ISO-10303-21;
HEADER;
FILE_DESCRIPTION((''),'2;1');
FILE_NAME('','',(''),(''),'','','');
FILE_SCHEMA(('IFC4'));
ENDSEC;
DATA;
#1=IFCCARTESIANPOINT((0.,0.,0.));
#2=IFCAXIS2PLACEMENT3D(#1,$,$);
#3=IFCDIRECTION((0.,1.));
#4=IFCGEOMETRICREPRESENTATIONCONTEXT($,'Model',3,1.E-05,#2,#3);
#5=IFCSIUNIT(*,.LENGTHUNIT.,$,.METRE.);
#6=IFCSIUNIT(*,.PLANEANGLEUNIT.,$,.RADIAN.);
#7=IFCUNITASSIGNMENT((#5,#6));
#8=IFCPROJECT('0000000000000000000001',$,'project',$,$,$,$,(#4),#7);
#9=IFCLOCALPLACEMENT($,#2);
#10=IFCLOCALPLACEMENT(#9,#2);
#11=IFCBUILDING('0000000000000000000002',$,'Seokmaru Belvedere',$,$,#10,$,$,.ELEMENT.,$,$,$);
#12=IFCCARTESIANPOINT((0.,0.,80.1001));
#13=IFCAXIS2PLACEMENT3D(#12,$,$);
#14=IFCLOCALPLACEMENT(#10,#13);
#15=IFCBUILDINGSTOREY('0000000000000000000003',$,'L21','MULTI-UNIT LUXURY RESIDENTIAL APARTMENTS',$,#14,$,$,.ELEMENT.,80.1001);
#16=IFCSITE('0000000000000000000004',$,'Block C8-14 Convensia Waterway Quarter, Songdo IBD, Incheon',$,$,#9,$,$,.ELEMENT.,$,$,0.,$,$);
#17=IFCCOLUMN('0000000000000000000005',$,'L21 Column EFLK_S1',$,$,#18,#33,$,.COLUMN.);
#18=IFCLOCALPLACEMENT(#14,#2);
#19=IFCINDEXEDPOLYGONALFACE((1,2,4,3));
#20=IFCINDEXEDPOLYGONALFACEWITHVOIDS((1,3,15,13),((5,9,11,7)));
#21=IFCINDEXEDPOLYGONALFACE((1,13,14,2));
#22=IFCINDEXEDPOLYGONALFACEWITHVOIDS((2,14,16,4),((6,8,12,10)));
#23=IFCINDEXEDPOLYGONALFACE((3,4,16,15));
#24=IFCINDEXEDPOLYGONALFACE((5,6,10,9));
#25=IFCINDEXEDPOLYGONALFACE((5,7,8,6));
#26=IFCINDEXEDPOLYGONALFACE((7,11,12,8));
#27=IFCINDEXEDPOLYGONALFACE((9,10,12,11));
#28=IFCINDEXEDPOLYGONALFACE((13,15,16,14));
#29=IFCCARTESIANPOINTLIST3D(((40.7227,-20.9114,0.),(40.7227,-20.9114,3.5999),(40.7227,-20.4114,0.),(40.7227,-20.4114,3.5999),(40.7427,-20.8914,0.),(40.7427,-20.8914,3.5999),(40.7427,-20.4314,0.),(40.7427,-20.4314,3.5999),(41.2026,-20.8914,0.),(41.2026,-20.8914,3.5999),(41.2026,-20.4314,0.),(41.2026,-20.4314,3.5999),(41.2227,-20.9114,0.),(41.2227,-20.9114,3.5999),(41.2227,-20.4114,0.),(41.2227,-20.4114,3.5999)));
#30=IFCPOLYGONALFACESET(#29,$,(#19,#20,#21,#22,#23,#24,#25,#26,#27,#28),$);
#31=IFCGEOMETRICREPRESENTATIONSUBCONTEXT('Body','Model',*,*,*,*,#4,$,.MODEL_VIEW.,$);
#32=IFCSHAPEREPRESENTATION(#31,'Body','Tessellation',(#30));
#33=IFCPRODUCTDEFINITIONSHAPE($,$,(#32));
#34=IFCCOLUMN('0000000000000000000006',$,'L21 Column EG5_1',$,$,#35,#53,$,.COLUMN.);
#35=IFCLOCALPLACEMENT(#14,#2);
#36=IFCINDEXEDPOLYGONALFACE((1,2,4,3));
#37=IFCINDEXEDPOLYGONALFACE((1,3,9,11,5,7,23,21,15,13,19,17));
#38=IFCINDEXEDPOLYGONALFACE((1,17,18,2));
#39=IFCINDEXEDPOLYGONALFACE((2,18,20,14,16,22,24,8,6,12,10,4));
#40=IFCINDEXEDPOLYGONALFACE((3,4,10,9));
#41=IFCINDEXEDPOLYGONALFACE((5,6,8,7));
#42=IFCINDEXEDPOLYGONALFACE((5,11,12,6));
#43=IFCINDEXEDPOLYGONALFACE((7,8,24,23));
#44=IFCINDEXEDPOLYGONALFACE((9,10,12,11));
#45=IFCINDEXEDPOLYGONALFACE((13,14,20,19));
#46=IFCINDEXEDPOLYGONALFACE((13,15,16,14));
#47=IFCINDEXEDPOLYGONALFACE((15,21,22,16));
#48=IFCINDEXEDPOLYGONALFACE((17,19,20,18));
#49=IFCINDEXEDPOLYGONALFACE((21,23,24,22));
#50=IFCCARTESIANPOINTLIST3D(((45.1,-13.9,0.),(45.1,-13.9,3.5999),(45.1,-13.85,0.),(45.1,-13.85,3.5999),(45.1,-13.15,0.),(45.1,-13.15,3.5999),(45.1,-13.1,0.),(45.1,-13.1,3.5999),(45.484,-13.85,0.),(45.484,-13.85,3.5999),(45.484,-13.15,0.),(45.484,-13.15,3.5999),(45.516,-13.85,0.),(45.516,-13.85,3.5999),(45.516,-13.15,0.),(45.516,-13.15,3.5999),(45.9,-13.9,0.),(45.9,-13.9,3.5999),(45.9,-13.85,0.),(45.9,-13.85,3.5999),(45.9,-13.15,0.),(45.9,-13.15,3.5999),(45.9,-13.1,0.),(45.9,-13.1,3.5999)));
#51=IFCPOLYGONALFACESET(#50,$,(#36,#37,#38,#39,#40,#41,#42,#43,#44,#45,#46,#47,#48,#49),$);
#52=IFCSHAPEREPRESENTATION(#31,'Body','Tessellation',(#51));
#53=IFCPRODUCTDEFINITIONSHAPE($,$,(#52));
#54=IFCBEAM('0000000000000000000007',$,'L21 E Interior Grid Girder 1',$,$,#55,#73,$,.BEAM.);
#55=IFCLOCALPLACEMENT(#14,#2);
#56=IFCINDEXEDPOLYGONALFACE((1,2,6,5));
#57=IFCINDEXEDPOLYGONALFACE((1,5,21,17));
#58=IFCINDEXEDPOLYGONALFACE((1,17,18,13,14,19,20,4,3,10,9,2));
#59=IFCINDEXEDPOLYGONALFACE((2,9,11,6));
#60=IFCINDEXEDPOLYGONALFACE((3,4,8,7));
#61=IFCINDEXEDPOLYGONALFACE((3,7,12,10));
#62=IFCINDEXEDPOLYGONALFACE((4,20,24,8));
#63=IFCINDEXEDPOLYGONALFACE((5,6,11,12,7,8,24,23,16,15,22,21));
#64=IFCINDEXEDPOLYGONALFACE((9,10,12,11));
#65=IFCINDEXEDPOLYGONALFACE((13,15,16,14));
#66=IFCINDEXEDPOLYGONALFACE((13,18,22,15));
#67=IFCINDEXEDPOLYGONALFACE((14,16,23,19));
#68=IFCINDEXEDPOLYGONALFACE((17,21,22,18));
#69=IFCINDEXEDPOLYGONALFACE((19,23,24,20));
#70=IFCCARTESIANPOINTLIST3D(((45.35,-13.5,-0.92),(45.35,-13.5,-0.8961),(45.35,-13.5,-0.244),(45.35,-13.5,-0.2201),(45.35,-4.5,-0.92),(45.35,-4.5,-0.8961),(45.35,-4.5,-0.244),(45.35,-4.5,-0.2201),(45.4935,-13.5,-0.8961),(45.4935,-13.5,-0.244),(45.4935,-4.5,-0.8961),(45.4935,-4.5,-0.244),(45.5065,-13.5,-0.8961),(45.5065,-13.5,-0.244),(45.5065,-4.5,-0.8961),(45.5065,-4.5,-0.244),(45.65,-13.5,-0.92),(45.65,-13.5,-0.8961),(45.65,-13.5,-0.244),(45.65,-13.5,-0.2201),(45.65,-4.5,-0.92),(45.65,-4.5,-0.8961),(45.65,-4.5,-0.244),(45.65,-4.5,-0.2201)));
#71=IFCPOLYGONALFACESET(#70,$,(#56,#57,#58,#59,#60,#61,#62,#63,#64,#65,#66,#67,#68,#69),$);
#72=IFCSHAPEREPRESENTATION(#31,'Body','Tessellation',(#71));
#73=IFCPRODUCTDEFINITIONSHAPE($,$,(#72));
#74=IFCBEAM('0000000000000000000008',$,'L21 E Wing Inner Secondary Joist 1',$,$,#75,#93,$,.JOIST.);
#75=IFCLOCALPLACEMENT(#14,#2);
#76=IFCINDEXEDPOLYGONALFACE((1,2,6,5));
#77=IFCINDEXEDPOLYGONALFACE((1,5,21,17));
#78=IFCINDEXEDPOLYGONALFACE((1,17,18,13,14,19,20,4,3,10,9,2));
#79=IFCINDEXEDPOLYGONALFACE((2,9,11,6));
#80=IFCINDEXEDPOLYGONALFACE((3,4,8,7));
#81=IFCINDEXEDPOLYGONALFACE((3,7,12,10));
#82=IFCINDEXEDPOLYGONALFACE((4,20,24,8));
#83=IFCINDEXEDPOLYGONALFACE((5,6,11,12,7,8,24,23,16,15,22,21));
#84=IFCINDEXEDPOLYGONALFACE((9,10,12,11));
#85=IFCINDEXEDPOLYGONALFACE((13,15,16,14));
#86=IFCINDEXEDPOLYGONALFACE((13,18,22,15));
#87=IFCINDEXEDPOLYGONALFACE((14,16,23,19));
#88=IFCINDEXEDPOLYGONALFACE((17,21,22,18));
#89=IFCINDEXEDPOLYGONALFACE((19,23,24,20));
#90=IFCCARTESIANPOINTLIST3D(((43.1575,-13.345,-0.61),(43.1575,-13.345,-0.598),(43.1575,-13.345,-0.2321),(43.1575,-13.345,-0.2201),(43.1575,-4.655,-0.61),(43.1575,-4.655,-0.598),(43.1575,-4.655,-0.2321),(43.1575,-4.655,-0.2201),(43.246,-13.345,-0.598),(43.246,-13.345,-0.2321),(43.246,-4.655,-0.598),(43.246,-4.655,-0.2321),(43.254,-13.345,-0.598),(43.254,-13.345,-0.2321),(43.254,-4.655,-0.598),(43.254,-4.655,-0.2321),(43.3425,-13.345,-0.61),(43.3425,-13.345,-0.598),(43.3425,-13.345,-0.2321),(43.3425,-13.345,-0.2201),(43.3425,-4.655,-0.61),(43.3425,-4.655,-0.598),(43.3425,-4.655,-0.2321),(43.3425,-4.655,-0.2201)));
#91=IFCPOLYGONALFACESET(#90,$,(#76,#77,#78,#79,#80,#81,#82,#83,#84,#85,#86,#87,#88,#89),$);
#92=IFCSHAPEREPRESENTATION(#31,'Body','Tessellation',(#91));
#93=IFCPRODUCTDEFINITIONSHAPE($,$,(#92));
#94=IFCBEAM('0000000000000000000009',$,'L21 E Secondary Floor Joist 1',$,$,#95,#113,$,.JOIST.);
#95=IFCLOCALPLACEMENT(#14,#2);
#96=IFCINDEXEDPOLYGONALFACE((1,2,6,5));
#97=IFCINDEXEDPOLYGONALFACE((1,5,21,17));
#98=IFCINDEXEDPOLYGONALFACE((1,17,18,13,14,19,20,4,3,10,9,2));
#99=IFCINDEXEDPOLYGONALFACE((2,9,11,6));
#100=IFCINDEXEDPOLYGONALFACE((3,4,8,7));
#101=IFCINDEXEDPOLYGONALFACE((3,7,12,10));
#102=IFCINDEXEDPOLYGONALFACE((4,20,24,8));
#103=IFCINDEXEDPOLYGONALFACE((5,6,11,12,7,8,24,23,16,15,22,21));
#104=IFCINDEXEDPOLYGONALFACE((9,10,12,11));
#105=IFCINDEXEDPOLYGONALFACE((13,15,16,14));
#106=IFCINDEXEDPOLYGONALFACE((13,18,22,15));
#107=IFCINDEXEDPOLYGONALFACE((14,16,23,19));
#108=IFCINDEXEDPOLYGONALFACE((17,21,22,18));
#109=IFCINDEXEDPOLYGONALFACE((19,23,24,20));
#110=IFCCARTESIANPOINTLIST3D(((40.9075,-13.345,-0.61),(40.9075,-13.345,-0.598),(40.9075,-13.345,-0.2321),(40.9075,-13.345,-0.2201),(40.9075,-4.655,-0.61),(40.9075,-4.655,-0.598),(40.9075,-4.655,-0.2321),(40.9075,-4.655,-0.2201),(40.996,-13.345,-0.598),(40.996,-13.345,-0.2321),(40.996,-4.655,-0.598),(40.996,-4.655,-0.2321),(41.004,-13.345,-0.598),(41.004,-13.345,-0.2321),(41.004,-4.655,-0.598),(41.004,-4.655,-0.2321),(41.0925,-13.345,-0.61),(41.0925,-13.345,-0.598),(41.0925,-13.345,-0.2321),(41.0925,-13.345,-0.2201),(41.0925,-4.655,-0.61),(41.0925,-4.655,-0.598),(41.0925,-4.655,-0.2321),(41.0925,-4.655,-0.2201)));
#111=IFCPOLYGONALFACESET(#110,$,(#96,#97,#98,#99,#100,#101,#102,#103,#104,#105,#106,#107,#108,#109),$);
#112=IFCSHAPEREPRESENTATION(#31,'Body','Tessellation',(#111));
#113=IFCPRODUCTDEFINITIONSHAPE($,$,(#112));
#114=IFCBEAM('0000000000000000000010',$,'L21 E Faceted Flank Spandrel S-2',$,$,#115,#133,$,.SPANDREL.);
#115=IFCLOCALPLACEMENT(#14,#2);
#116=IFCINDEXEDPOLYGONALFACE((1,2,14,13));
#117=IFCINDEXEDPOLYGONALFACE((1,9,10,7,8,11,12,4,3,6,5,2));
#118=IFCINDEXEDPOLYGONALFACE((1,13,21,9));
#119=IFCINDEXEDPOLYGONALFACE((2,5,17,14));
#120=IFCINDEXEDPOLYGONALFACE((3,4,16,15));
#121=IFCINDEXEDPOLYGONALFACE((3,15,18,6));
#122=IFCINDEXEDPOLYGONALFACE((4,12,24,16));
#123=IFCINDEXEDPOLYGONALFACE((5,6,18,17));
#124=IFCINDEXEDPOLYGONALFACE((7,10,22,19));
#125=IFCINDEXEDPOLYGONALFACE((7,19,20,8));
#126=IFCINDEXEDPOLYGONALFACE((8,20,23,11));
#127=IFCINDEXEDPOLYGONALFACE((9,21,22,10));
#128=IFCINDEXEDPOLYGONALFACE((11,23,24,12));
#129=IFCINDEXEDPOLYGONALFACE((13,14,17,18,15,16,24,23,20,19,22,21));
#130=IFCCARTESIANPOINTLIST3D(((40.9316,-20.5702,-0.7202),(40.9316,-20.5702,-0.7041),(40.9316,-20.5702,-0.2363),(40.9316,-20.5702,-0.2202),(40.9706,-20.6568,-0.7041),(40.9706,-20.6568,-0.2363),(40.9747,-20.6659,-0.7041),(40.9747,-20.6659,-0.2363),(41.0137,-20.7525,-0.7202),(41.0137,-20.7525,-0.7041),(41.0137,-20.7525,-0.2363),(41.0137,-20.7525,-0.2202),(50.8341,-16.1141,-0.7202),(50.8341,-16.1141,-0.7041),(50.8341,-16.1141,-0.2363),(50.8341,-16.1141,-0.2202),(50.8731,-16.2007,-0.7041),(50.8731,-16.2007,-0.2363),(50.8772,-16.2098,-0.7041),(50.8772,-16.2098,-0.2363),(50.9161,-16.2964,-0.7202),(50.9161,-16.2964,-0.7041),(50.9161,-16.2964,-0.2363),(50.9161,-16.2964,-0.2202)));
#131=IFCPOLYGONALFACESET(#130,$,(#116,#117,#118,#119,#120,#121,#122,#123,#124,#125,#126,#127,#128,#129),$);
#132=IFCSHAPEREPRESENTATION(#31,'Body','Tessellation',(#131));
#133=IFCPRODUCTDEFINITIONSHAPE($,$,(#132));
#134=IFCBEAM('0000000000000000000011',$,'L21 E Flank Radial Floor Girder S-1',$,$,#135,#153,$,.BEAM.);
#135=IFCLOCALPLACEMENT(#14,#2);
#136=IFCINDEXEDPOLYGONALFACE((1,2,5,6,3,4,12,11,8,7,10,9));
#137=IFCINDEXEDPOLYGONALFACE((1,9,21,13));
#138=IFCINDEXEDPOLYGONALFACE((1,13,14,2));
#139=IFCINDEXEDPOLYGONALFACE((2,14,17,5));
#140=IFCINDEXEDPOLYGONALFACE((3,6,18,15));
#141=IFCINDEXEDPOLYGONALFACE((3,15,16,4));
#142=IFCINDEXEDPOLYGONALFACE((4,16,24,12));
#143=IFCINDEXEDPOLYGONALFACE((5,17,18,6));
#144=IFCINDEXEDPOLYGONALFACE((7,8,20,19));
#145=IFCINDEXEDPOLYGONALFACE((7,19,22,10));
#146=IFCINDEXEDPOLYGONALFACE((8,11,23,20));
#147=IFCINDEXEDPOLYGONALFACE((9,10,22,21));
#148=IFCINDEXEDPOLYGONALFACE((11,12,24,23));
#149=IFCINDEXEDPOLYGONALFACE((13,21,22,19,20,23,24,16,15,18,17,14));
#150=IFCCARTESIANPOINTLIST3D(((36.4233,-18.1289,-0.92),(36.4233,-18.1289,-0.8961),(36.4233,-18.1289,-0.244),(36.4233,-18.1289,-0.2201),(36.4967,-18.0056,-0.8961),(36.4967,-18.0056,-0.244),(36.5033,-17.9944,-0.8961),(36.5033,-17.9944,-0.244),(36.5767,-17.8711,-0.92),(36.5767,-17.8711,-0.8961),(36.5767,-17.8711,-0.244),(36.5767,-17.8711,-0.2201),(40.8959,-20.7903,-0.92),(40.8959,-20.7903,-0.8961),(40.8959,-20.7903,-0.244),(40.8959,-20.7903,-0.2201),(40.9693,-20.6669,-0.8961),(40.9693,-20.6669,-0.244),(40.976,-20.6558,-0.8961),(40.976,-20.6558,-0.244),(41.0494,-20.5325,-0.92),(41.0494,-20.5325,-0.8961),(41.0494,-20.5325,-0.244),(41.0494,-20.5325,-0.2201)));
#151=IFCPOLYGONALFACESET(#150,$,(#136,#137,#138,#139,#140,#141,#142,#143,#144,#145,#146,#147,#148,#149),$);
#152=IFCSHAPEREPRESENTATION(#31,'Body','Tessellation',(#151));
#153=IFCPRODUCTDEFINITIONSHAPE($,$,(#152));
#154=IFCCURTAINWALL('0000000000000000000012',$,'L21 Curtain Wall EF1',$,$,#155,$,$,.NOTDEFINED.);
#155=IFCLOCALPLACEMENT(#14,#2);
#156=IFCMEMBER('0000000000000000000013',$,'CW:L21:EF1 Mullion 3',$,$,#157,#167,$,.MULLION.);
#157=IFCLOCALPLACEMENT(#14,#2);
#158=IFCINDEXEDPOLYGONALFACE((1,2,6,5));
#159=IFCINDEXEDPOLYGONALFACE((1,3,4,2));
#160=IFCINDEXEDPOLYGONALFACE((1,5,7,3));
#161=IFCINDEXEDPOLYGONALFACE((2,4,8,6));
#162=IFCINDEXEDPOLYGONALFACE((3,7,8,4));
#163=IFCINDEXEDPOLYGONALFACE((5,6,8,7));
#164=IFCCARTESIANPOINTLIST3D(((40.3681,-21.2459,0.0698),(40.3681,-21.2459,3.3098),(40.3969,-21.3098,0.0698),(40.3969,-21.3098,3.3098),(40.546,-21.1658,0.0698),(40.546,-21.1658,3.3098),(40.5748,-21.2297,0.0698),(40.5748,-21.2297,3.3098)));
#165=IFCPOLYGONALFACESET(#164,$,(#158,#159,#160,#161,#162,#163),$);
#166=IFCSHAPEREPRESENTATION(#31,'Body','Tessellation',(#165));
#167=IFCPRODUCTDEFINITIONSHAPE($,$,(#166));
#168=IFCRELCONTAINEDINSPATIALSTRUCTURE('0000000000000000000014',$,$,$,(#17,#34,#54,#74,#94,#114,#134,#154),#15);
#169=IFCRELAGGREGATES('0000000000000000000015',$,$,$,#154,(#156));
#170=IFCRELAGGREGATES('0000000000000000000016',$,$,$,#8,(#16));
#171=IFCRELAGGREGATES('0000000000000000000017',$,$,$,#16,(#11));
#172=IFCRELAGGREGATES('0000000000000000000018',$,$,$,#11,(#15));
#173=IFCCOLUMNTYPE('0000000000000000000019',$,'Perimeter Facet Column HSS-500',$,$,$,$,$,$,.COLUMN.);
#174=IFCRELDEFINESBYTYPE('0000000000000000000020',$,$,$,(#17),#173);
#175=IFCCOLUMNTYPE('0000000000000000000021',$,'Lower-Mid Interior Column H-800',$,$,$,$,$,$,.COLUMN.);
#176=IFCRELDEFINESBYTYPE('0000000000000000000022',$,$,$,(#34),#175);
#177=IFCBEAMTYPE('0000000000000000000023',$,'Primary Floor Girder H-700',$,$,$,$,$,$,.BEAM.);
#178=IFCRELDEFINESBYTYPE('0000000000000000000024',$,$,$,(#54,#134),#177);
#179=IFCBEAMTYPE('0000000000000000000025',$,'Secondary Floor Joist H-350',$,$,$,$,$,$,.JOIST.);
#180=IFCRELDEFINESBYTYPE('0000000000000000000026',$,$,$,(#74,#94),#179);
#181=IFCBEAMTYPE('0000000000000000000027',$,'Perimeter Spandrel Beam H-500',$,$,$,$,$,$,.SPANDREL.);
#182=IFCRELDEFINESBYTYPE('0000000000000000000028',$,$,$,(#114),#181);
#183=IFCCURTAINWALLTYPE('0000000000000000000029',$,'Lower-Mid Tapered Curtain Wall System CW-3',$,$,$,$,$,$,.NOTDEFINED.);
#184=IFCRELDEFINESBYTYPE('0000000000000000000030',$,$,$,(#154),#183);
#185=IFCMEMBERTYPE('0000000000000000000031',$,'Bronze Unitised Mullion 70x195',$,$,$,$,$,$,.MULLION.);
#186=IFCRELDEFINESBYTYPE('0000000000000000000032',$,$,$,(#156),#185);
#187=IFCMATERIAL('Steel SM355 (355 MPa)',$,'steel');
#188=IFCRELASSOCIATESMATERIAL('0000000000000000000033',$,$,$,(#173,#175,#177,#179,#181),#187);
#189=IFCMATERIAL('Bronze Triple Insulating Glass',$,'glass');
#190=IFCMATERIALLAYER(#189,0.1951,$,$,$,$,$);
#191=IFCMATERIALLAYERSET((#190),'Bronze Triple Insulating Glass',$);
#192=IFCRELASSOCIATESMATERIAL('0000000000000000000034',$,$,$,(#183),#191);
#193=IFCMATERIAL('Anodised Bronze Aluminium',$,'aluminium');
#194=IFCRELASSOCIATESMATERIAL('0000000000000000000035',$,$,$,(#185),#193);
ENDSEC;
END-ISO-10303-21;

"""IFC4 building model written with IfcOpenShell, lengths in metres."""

from ifc_helpers import new_model, si_unit, direction, frame, origin, origin_2d, place, context, subcontext, project, spatial, rectangle, hollow_rectangle, i_section, extrude, source, transform, mapped, material, layer, layer_set, material_profile, profile_set, type_object, type_shapes, element, aggregate, save


model = new_model("IFC4")

# Units and contexts
model_context = context("Model", 3, precision=1e-05, world=origin(), true_north=direction((0.0, 1.0)))
body_context = subcontext(model_context, "Body", "Model", "MODEL_VIEW")
ifc_project = project(units=[si_unit("LENGTHUNIT", "METRE"), si_unit("PLANEANGLEUNIT", "RADIAN")], contexts=[model_context])

# Site, building, storey
site_placement = place(None, origin())
site = spatial("IfcSite", under=ifc_project, at=site_placement, Name="Block C8-14 Convensia Waterway Quarter, Songdo IBD, Incheon", CompositionType="ELEMENT", RefElevation=0.0)
building_placement = place(site_placement, origin())
building = spatial("IfcBuilding", under=site, at=building_placement, Name="Seokmaru Belvedere", CompositionType="ELEMENT")
storey_placement = place(building_placement, frame((0.0, 0.0, 80.1001)))
storey = spatial("IfcBuildingStorey", under=building, at=storey_placement, Name="L21", Description="MULTI-UNIT LUXURY RESIDENTIAL APARTMENTS", CompositionType="ELEMENT", Elevation=80.1001)

# Columns
ifc_material_1 = material(Name="Steel SM355 (355 MPa)", Category="steel")
ifc_material_profile_1 = material_profile(ifc_material_1, hollow_rectangle(XDim=0.5, YDim=0.5, WallThickness=0.02, at=origin_2d()), Name="HSS-500x500x20")
ifc_profile_set_1 = profile_set([ifc_material_profile_1], Name="Steel SM355 (355 MPa)")
column_type_1 = type_object("IfcColumnType", Name="Perimeter Facet Column HSS-500", PredefinedType="COLUMN", material=ifc_profile_set_1)
shared_shape_1 = source(origin(), body_context, "Body", "SweptSolid", [
    extrude(hollow_rectangle(XDim=0.5, YDim=0.5, WallThickness=0.02, at=origin_2d()), origin(), (0.0, 0.0, 1.0), 3.5999),
])
type_shapes(column_type_1, [shared_shape_1])
column_1_placement = place(storey_placement, frame((40.9727, -20.6614, 0.0), z_axis=(0.0, 0.0, 1.0), x_axis=(1.0, 0.0, 0.0)))
element("IfcColumn", 1, at=column_1_placement, inside=storey, type_object=column_type_1, Name="L21 Column EFLK_S1", PredefinedType="COLUMN", context=body_context, shape_type="MappedRepresentation", body=[
    mapped(shared_shape_1, transform((0.0, 0.0, 0.0), scale=1.0)),
])
ifc_material_profile_2 = material_profile(ifc_material_1, i_section(OverallWidth=0.8, OverallDepth=0.8, WebThickness=0.032, FlangeThickness=0.05, at=origin_2d()), Name="H-800x800x32x50")
ifc_profile_set_2 = profile_set([ifc_material_profile_2], Name="Steel SM355 (355 MPa)")
column_type_2 = type_object("IfcColumnType", Name="Lower-Mid Interior Column H-800", PredefinedType="COLUMN", material=ifc_profile_set_2)
shared_shape_2 = source(origin(), body_context, "Body", "SweptSolid", [
    extrude(i_section(OverallWidth=0.8, OverallDepth=0.8, WebThickness=0.032, FlangeThickness=0.05, at=origin_2d()), origin(), (0.0, 0.0, 1.0), 3.5999),
])
type_shapes(column_type_2, [shared_shape_2])
column_2_placement = place(storey_placement, frame((45.5, -13.5, 0.0), z_axis=(0.0, 0.0, 1.0), x_axis=(1.0, 0.0, 0.0)))
element("IfcColumn", 2, at=column_2_placement, inside=storey, type_object=column_type_2, Name="L21 Column EG5_1", PredefinedType="COLUMN", context=body_context, shape_type="MappedRepresentation", body=[
    mapped(shared_shape_2, transform((0.0, 0.0, 0.0), scale=1.0)),
])

# Beams
ifc_material_profile_3 = material_profile(ifc_material_1, i_section(OverallWidth=0.3, OverallDepth=0.7, WebThickness=0.0129, FlangeThickness=0.0239, at=origin_2d()), Name="H-700x300x13x24")
ifc_profile_set_3 = profile_set([ifc_material_profile_3], Name="Steel SM355 (355 MPa)")
beam_type_1 = type_object("IfcBeamType", Name="Primary Floor Girder H-700", PredefinedType="BEAM", material=ifc_profile_set_3)
shared_shape_3 = source(origin(), body_context, "Body", "SweptSolid", [
    extrude(i_section(OverallWidth=0.3, OverallDepth=0.7, WebThickness=0.0129, FlangeThickness=0.0239, at=origin_2d()), origin(), (0.0, 0.0, 1.0), 9.0),
])
beam_1_placement = place(storey_placement, frame((45.5, -13.5, -0.5701), z_axis=(0.0, 1.0, 0.0), x_axis=(-1.0, 0.0, 0.0)))
element("IfcBeam", 3, at=beam_1_placement, inside=storey, type_object=beam_type_1, Name="L21 E Interior Grid Girder 1", PredefinedType="BEAM", context=body_context, shape_type="MappedRepresentation", body=[
    mapped(shared_shape_3, transform((0.0, 0.0, 0.0), scale=1.0)),
])
ifc_material_profile_4 = material_profile(ifc_material_1, i_section(OverallWidth=0.1851, OverallDepth=0.3899, WebThickness=0.0081, FlangeThickness=0.012, at=origin_2d()), Name="H-390x185x8x12")
ifc_profile_set_4 = profile_set([ifc_material_profile_4], Name="Steel SM355 (355 MPa)")
beam_type_2 = type_object("IfcBeamType", Name="Secondary Floor Joist H-350", PredefinedType="JOIST", material=ifc_profile_set_4)
shared_shape_4 = source(origin(), body_context, "Body", "SweptSolid", [
    extrude(i_section(OverallWidth=0.1851, OverallDepth=0.3899, WebThickness=0.0081, FlangeThickness=0.012, at=origin_2d()), origin(), (0.0, 0.0, 1.0), 8.6899),
])
type_shapes(beam_type_2, [shared_shape_4])
for number, where, z_axis, x_axis, name in (
    (4, (43.25, -13.345, -0.415), (0.0, 1.0, 0.0), (-1.0, 0.0, 0.0), "L21 E Wing Inner Secondary Joist 1"),
    (5, (41.0, -13.345, -0.415), (0.0, 1.0, 0.0), (-1.0, 0.0, 0.0), "L21 E Secondary Floor Joist 1"),
):
    element("IfcBeam", number, at=place(storey_placement, frame(where, z_axis=z_axis, x_axis=x_axis)), inside=storey, type_object=beam_type_2, Name=name, PredefinedType="JOIST", context=body_context, shape_type="MappedRepresentation", body=[
        mapped(shared_shape_4, transform((0.0, 0.0, 0.0), scale=1.0)),
    ])
ifc_material_profile_5 = material_profile(ifc_material_1, i_section(OverallWidth=0.2, OverallDepth=0.5, WebThickness=0.01, FlangeThickness=0.0161, at=origin_2d()), Name="H-500x200x10x16")
ifc_profile_set_5 = profile_set([ifc_material_profile_5], Name="Steel SM355 (355 MPa)")
beam_type_3 = type_object("IfcBeamType", Name="Perimeter Spandrel Beam H-500", PredefinedType="SPANDREL", material=ifc_profile_set_5)
shared_shape_5 = source(origin(), body_context, "Body", "SweptSolid", [
    extrude(i_section(OverallWidth=0.2, OverallDepth=0.5, WebThickness=0.01, FlangeThickness=0.0161, at=origin_2d()), origin(), (0.0, 0.0, 1.0), 10.8589),
])
type_shapes(beam_type_3, [shared_shape_5])
beam_2_placement = place(storey_placement, frame((40.9727, -20.6614, -0.4702), z_axis=(0.911922, 0.410365, 0.0), x_axis=(-0.410365, 0.911922, 0.0)))
element("IfcBeam", 6, at=beam_2_placement, inside=storey, type_object=beam_type_3, Name="L21 E Faceted Flank Spandrel S-2", PredefinedType="SPANDREL", context=body_context, shape_type="MappedRepresentation", body=[
    mapped(shared_shape_5, transform((0.0, 0.0, 0.0), scale=1.0)),
])
shared_shape_6 = source(origin(), body_context, "Body", "SweptSolid", [
    extrude(i_section(OverallWidth=0.3, OverallDepth=0.7, WebThickness=0.0129, FlangeThickness=0.0239, at=origin_2d()), origin(), (0.0, 0.0, 1.0), 5.2046),
])
type_shapes(beam_type_1, [shared_shape_3, shared_shape_6])
beam_3_placement = place(storey_placement, frame((40.9727, -20.6614, -0.5701), z_axis=(-0.85937, 0.511354, 0.0), x_axis=(-0.511354, -0.85937, 0.0)))
element("IfcBeam", 7, at=beam_3_placement, inside=storey, type_object=beam_type_1, Name="L21 E Flank Radial Floor Girder S-1", PredefinedType="BEAM", context=body_context, shape_type="MappedRepresentation", body=[
    mapped(shared_shape_6, transform((0.0, 0.0, 0.0), scale=1.0)),
])

# Curtain wall, member
ifc_material_2 = material(Name="Bronze Triple Insulating Glass", Category="glass")
ifc_layer_1 = layer(ifc_material_2, 0.1951)
ifc_layer_set_1 = layer_set([ifc_layer_1], Name="Bronze Triple Insulating Glass")
curtain_wall_type = type_object("IfcCurtainWallType", Name="Lower-Mid Tapered Curtain Wall System CW-3", PredefinedType="NOTDEFINED", material=ifc_layer_set_1)
curtain_wall_placement = place(storey_placement, origin())
curtain_wall = element("IfcCurtainWall", 8, at=curtain_wall_placement, inside=storey, type_object=curtain_wall_type, Name="L21 Curtain Wall EF1", PredefinedType="NOTDEFINED")
ifc_material_3 = material(Name="Anodised Bronze Aluminium", Category="aluminium")
ifc_material_profile_6 = material_profile(ifc_material_3, rectangle(XDim=0.0701, YDim=0.1951, at=origin_2d()), Name="CW-M-70x195")
ifc_profile_set_6 = profile_set([ifc_material_profile_6], Name="Anodised Bronze Aluminium")
member_type = type_object("IfcMemberType", Name="Bronze Unitised Mullion 70x195", PredefinedType="MULLION", material=ifc_profile_set_6)
shared_shape_7 = source(origin(), body_context, "Body", "SweptSolid", [
    extrude(rectangle(XDim=0.0701, YDim=0.1951, at=origin_2d()), origin(), (0.0, 0.0, 1.0), 3.24),
])
type_shapes(member_type, [shared_shape_7])
member_1_placement = place(storey_placement, frame((40.4714, -21.2378, 0.0698), z_axis=(0.0, 0.0, 1.0), x_axis=(-0.410366, 0.911921, 0.0)))
member_1 = element("IfcMember", 9, at=member_1_placement, type_object=member_type, Name="CW:L21:EF1 Mullion 3", PredefinedType="MULLION", context=body_context, shape_type="MappedRepresentation", body=[
    mapped(shared_shape_7, transform((0.0, 0.0, 0.0), scale=1.0)),
])
aggregate(curtain_wall, [member_1])

save(model, "model.ifc")
